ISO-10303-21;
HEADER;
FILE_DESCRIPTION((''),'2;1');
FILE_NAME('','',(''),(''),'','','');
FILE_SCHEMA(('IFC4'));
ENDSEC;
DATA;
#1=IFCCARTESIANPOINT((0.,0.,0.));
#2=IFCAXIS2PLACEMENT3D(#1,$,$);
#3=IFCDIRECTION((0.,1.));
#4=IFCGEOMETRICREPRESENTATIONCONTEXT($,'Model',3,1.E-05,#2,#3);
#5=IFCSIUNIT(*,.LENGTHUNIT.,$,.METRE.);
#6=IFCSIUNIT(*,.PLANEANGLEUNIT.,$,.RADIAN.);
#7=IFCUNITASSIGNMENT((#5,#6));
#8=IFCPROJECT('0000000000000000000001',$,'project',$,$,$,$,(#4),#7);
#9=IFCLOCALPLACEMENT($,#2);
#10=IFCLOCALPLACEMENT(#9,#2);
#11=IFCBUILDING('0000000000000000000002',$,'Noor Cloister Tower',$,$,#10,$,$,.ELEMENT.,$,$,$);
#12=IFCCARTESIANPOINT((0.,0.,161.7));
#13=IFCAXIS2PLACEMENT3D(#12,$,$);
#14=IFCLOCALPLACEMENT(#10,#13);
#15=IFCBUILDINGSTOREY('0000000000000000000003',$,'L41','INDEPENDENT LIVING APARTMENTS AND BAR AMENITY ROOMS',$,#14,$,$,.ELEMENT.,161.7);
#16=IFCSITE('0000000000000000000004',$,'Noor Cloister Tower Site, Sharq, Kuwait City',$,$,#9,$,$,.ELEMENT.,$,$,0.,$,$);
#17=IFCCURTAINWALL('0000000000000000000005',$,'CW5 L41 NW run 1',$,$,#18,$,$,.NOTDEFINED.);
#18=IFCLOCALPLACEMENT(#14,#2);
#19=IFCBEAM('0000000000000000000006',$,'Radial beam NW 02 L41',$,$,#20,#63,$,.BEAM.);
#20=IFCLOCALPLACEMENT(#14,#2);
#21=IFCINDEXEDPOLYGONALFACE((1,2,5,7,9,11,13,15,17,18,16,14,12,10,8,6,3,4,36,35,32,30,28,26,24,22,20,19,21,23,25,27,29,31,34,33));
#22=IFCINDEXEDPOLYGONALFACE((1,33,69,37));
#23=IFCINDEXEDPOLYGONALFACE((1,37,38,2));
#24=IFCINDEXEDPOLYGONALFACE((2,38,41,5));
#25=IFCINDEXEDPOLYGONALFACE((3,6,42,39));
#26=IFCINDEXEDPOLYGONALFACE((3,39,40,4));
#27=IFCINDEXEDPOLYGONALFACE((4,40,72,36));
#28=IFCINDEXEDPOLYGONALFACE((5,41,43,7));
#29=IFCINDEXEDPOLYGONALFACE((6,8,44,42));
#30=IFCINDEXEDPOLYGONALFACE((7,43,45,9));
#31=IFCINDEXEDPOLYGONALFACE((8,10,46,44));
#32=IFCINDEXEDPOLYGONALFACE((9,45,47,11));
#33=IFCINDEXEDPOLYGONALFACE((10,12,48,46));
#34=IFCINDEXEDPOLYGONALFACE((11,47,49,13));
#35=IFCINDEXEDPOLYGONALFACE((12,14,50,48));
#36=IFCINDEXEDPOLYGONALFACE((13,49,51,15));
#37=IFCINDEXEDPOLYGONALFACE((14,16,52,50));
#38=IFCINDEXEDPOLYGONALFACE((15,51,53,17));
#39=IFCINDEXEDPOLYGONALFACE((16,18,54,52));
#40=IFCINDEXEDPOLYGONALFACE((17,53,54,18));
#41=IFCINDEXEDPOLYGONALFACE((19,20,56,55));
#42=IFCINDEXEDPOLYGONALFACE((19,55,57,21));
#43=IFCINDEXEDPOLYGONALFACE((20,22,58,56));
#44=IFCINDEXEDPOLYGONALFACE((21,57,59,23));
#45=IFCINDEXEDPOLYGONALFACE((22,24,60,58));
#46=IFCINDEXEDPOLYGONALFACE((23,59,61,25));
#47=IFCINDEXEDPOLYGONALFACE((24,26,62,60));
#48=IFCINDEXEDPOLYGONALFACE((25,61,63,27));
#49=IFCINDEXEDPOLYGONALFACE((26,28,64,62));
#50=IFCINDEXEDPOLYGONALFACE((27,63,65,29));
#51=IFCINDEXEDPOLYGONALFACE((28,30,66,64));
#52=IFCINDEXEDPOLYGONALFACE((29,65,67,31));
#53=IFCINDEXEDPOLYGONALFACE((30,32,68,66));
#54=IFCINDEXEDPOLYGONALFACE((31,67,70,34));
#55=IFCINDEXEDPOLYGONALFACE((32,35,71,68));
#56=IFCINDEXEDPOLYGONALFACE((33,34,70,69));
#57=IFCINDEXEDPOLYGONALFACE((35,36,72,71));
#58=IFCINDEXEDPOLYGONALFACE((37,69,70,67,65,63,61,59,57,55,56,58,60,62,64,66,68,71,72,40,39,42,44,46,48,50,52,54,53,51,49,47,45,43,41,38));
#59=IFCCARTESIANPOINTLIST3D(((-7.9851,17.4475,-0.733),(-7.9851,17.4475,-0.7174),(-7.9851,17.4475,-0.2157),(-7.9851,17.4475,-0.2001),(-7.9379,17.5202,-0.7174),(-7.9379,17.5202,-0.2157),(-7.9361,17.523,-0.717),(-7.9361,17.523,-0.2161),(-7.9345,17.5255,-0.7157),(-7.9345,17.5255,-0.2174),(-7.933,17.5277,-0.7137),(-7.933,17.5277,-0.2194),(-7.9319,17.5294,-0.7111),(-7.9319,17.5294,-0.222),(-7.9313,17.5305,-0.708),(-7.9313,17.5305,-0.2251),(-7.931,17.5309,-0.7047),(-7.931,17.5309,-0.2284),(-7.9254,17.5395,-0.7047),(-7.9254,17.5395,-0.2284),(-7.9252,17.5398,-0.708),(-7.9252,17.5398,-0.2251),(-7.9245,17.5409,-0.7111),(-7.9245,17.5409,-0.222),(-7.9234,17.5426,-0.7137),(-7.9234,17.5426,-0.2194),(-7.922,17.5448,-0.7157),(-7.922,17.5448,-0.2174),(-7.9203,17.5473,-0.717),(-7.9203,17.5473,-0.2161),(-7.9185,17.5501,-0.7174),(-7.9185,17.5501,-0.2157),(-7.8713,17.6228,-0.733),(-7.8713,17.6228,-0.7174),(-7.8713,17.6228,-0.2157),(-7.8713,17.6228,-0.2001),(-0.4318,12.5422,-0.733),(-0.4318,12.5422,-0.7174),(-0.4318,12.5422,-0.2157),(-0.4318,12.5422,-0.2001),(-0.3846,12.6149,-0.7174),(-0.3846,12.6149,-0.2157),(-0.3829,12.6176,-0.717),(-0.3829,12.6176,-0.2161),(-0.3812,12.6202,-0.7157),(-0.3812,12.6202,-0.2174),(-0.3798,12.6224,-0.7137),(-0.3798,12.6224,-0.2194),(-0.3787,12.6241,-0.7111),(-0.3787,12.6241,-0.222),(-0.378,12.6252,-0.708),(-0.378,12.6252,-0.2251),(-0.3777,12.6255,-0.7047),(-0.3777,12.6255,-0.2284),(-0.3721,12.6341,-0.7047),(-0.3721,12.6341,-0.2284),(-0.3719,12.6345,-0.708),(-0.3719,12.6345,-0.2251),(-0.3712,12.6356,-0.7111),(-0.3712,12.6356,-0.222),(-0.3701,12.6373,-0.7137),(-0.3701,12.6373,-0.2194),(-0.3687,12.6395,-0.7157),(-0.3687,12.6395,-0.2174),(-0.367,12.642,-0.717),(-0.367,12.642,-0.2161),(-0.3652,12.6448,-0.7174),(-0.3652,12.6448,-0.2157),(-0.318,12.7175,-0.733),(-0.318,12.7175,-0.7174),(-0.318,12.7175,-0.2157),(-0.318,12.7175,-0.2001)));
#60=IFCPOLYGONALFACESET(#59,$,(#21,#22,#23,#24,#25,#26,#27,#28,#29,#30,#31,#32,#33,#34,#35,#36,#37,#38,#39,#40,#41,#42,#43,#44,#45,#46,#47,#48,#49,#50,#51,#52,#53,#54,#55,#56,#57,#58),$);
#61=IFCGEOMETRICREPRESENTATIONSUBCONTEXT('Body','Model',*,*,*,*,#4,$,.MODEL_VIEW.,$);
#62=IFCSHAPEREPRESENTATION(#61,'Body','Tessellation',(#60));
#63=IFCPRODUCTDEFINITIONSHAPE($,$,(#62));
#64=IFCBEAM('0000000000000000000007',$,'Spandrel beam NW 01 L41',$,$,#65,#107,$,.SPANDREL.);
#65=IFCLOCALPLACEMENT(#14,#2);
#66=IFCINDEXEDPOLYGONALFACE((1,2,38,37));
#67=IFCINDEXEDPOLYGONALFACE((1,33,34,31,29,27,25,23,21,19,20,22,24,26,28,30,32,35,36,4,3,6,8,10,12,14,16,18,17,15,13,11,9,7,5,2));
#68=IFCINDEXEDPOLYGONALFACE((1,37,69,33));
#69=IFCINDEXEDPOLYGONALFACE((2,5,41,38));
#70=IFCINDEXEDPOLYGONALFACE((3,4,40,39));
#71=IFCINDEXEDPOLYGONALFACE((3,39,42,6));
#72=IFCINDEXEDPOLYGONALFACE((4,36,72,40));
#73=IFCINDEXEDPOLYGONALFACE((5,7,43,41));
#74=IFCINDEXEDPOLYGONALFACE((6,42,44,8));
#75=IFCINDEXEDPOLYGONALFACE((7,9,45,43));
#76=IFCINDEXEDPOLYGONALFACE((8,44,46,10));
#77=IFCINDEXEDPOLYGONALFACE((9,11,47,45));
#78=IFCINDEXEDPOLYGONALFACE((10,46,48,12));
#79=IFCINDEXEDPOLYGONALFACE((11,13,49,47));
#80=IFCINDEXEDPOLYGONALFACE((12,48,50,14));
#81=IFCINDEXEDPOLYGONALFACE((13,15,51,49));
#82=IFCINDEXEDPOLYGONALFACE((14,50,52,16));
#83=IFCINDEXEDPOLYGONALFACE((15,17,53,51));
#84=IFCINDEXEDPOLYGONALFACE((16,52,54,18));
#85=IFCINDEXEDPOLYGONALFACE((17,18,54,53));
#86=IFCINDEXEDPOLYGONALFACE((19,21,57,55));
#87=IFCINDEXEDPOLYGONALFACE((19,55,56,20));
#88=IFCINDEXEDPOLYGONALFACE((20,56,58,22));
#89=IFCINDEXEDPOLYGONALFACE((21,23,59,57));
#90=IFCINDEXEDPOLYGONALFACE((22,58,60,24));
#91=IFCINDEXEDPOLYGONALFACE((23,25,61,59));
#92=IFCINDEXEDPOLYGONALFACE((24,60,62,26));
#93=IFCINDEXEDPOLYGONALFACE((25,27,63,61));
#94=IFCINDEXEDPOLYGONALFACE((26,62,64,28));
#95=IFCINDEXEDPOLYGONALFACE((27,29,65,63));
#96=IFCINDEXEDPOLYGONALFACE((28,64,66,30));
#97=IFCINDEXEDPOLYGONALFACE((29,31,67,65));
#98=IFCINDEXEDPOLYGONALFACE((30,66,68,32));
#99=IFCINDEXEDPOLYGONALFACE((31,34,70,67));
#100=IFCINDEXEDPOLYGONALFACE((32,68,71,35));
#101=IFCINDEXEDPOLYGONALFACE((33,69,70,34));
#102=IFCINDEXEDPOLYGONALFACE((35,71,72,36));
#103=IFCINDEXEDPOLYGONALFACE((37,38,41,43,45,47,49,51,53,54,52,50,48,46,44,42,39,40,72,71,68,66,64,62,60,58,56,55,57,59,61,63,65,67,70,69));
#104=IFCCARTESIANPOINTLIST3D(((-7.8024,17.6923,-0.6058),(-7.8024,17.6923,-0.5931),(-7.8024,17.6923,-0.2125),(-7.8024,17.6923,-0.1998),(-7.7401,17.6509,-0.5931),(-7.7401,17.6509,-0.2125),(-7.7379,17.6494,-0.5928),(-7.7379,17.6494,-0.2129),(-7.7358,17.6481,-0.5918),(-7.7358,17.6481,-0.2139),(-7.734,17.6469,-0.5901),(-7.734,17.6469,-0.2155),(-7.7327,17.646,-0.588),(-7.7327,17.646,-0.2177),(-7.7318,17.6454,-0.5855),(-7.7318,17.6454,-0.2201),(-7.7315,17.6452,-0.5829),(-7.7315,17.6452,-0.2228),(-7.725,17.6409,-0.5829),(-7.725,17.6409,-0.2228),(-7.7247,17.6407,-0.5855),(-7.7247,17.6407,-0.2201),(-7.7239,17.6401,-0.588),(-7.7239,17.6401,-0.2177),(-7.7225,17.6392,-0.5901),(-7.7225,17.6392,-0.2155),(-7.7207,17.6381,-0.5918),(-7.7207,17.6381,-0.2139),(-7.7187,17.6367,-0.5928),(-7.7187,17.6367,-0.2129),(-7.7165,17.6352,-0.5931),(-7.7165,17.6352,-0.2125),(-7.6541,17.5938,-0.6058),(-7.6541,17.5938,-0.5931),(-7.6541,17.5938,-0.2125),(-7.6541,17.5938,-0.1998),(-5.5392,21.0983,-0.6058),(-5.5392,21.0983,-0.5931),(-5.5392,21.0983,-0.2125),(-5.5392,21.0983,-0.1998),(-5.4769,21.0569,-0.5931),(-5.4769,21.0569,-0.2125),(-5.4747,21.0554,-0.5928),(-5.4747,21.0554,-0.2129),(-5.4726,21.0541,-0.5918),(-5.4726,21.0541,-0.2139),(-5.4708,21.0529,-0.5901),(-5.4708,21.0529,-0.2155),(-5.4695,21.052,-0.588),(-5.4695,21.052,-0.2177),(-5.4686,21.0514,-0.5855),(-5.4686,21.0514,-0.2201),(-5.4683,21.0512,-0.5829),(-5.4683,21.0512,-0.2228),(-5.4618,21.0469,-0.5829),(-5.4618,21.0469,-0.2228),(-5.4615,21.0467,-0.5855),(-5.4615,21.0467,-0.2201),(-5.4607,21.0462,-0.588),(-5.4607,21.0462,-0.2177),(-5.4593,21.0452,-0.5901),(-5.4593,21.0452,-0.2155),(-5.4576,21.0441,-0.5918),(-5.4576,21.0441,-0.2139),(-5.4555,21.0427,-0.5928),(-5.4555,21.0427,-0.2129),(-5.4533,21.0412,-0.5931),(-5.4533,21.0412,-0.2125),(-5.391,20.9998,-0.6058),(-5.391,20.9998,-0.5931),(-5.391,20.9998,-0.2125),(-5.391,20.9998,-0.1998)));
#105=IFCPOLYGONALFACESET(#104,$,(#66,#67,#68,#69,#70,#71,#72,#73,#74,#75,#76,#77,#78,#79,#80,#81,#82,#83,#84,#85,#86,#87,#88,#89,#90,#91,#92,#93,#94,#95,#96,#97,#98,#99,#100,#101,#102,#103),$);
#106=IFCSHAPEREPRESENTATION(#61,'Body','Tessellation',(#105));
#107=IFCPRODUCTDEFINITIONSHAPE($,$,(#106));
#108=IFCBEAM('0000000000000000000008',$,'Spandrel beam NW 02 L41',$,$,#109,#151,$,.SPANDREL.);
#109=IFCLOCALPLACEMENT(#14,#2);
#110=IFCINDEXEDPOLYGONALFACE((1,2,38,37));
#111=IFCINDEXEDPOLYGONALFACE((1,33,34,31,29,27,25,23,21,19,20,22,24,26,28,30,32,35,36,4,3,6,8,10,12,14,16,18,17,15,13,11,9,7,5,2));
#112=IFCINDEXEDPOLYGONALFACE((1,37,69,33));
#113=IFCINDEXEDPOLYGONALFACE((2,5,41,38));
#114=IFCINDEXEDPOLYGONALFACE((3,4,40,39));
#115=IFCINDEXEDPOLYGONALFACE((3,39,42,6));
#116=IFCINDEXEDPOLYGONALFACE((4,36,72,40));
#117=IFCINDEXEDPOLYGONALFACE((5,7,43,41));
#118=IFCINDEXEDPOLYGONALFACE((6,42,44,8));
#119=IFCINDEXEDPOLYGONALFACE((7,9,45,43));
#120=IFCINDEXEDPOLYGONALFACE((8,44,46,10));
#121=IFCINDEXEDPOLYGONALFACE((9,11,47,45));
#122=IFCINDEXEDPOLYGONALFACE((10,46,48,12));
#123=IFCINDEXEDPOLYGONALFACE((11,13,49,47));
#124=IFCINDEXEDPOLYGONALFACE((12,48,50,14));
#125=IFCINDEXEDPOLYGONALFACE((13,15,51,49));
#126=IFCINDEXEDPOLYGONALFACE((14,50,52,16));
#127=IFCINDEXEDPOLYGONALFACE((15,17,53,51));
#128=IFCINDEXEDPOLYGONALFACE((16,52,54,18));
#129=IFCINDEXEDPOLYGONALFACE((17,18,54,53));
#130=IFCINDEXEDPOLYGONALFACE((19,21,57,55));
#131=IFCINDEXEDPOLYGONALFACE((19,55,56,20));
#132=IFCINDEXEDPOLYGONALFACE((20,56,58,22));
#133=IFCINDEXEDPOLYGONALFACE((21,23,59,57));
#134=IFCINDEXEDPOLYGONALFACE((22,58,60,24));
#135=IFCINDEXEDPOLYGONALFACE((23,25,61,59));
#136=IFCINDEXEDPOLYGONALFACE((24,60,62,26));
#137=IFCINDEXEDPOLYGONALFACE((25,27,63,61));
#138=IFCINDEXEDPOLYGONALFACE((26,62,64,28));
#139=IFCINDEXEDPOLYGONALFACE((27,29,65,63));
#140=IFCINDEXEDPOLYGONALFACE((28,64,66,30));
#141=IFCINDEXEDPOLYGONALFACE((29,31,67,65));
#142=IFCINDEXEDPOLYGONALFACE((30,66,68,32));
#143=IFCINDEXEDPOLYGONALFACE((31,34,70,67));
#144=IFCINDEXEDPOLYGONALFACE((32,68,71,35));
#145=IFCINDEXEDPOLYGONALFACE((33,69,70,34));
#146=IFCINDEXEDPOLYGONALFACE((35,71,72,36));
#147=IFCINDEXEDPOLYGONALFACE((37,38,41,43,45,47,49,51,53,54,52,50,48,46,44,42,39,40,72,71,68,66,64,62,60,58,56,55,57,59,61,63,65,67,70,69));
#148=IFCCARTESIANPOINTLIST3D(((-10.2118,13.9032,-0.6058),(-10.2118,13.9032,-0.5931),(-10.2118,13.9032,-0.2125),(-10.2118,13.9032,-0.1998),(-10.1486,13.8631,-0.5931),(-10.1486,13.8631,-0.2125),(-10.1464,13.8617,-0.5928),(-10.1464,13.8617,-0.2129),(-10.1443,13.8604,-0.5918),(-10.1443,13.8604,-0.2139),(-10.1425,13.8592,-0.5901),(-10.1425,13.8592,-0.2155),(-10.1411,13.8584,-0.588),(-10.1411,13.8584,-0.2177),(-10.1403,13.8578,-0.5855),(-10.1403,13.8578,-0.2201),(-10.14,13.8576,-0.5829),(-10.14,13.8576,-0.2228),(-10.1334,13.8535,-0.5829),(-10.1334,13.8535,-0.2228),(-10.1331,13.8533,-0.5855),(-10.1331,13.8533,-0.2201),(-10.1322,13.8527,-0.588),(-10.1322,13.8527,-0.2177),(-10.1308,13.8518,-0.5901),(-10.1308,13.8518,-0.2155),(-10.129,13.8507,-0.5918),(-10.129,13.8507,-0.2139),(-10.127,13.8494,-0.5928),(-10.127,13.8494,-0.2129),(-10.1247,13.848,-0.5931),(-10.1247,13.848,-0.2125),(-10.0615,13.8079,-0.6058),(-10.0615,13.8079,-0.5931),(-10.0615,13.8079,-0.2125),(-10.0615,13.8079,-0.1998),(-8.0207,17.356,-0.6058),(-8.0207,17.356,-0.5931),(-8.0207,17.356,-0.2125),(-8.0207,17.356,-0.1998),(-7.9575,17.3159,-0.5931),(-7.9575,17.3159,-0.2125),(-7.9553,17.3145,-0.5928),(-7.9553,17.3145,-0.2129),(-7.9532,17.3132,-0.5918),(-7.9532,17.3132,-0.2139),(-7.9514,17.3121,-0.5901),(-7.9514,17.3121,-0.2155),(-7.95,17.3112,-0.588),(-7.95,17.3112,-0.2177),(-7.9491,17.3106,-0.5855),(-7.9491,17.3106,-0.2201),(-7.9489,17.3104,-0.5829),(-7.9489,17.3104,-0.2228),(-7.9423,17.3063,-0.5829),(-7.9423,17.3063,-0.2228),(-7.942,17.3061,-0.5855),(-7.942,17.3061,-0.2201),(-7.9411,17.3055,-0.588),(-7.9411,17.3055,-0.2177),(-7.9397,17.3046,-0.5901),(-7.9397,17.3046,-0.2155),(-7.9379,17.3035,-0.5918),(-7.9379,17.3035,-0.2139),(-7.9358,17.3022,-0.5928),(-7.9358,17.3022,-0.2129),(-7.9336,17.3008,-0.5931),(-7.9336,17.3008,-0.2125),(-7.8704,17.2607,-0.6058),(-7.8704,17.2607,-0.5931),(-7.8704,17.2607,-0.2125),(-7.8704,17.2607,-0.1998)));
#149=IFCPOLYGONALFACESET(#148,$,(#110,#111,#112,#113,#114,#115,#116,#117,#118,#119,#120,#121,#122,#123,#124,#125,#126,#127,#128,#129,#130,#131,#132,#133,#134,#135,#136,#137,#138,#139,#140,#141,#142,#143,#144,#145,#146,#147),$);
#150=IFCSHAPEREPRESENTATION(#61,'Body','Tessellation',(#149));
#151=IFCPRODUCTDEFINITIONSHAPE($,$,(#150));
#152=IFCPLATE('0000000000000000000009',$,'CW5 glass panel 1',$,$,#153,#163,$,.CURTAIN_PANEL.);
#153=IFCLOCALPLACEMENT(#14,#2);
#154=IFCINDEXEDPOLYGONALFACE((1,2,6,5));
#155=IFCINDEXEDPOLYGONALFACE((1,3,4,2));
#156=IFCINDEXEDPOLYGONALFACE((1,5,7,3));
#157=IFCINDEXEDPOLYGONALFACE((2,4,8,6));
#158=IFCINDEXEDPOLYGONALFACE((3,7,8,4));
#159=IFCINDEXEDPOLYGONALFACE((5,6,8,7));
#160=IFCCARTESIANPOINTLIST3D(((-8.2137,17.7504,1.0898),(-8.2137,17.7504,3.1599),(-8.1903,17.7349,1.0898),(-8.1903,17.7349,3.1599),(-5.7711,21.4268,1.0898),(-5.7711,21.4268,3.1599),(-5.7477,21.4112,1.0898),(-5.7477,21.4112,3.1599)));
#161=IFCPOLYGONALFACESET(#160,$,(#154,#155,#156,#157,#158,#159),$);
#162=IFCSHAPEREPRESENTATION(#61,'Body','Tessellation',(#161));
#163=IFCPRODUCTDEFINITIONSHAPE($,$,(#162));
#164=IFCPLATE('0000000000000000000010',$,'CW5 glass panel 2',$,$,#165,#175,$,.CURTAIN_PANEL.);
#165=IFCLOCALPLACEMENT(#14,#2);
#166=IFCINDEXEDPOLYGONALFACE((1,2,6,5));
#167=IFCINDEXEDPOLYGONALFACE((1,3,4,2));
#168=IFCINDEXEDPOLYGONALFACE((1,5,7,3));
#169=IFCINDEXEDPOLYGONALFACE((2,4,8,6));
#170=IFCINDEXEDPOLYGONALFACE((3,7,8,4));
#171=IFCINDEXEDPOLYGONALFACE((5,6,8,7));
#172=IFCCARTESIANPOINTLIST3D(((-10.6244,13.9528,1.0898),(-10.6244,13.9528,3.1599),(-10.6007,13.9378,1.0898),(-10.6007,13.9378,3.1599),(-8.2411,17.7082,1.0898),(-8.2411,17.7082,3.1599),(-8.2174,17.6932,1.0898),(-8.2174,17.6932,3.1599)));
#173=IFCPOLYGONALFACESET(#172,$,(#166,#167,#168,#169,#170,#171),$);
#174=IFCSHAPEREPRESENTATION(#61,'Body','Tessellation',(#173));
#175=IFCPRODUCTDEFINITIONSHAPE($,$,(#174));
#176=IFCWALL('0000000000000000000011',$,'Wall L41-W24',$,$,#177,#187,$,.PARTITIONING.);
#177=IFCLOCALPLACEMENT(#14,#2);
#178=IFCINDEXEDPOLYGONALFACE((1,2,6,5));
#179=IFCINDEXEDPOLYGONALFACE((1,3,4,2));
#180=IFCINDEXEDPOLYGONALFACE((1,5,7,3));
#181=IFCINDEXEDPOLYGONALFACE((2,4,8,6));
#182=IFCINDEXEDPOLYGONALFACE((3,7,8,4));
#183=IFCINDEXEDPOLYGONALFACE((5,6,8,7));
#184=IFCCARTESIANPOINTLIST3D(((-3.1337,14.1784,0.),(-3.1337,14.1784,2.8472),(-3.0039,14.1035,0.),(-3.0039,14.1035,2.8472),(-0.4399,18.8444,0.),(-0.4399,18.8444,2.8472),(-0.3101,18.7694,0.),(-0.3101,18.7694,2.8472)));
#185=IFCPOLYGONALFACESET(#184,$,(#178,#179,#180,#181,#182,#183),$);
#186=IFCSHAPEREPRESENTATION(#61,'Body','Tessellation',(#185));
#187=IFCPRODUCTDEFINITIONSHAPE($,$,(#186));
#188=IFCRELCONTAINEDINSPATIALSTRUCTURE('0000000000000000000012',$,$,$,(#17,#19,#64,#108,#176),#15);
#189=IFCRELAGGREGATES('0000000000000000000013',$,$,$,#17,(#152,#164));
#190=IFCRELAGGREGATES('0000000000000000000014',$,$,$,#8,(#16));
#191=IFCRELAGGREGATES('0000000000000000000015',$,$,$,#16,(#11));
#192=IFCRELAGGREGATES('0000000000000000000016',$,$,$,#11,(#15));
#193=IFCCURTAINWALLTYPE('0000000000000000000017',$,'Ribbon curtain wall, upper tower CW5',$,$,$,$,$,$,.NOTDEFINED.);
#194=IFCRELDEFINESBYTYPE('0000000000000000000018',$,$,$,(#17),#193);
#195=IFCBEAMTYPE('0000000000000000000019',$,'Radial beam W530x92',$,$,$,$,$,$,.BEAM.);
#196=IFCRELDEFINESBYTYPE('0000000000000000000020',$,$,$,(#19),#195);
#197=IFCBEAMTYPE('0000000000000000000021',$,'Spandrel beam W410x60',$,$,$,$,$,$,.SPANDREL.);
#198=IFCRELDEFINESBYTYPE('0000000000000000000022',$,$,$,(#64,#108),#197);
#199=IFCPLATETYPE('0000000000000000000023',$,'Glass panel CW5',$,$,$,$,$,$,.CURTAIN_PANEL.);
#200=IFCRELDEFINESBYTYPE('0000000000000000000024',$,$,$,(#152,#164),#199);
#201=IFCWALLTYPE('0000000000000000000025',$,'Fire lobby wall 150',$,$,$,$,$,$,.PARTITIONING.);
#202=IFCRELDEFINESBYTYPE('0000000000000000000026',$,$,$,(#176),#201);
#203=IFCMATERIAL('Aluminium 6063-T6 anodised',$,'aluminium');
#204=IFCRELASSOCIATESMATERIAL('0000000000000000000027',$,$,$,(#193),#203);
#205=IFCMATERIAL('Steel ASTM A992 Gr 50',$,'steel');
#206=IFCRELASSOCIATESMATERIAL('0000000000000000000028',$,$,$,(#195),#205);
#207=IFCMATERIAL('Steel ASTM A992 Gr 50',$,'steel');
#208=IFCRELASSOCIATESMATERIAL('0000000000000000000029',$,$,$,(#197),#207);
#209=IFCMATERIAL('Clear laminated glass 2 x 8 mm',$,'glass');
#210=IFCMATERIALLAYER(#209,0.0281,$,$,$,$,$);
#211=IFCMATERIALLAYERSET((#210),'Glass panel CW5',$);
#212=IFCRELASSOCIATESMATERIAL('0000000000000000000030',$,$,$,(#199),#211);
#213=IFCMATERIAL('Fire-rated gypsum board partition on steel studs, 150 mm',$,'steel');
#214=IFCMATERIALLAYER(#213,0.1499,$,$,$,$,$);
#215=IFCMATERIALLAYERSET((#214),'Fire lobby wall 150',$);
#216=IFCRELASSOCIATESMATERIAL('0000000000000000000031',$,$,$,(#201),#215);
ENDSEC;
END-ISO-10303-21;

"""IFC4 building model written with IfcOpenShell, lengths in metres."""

from ifc_helpers import new_model, si_unit, direction, frame, frame_2d, origin, origin_2d, place, context, subcontext, project, spatial, rectangle, i_section, extrude, material, layer, layer_set, material_profile, profile_set, type_object, element, aggregate, save


model = new_model("IFC4")

# Units and contexts
model_context = context("Model", 3, precision=1e-05, world=origin(), true_north=direction((0.0, 1.0)))
body_context = subcontext(model_context, "Body", "Model", "MODEL_VIEW")
ifc_project = project(units=[si_unit("LENGTHUNIT", "METRE"), si_unit("PLANEANGLEUNIT", "RADIAN")], contexts=[model_context])

# Site, building, storey
site_placement = place(None, origin())
site = spatial("IfcSite", under=ifc_project, at=site_placement, Name="Noor Cloister Tower Site, Sharq, Kuwait City", CompositionType="ELEMENT", RefElevation=0.0)
building_placement = place(site_placement, origin())
building = spatial("IfcBuilding", under=site, at=building_placement, Name="Noor Cloister Tower", CompositionType="ELEMENT")
storey_placement = place(building_placement, frame((0.0, 0.0, 161.7)))
storey = spatial("IfcBuildingStorey", under=building, at=storey_placement, Name="L41", Description="INDEPENDENT LIVING APARTMENTS AND BAR AMENITY ROOMS", CompositionType="ELEMENT", Elevation=161.7)

# Curtain wall
ifc_material_1 = material(Name="Aluminium 6063-T6 anodised", Category="aluminium")
curtain_wall_type = type_object("IfcCurtainWallType", Name="Ribbon curtain wall, upper tower CW5", PredefinedType="NOTDEFINED", material=ifc_material_1)
curtain_wall_placement = place(storey_placement, origin())
curtain_wall = element("IfcCurtainWall", 1, at=curtain_wall_placement, inside=storey, type_object=curtain_wall_type, Name="CW5 L41 NW run 1", PredefinedType="NOTDEFINED")

# Beams
ifc_material_2 = material(Name="Steel ASTM A992 Gr 50", Category="steel")
ifc_material_profile_1 = material_profile(ifc_material_2, i_section(OverallWidth=0.209, OverallDepth=0.533, WebThickness=0.0103, FlangeThickness=0.0156, FilletRadius=0.0127, at=origin_2d()), Name="W530x92")
ifc_profile_set_1 = profile_set([ifc_material_profile_1], Name="Steel ASTM A992 Gr 50")
beam_type_1 = type_object("IfcBeamType", Name="Radial beam W530x92", PredefinedType="BEAM", material=ifc_profile_set_1)
beam_1_placement = place(storey_placement, frame((-7.9282, 17.5352, -0.4666), z_axis=(0.838663, -0.544651, 0.0), x_axis=(0.544651, 0.838663, 0.0)))
element("IfcBeam", 2, at=beam_1_placement, inside=storey, type_object=beam_type_1, Name="Radial beam NW 02 L41", PredefinedType="BEAM", context=body_context, shape_type="SweptSolid", body=[
    extrude(i_section(OverallWidth=0.209, OverallDepth=0.533, WebThickness=0.0103, FlangeThickness=0.0156, FilletRadius=0.0127, at=origin_2d()), origin(), (0.0, 0.0, 1.0), 9.0063),
])
ifc_material_3 = material(Name="Steel ASTM A992 Gr 50", Category="steel")
ifc_material_profile_2 = material_profile(ifc_material_3, i_section(OverallWidth=0.178, OverallDepth=0.406, WebThickness=0.0078, FlangeThickness=0.0127, FilletRadius=0.0103, at=origin_2d()), Name="W410x60")
ifc_profile_set_2 = profile_set([ifc_material_profile_2], Name="Steel ASTM A992 Gr 50")
beam_type_2 = type_object("IfcBeamType", Name="Spandrel beam W410x60", PredefinedType="SPANDREL", material=ifc_profile_set_2)
for number, where, z_axis, x_axis, name in (
    (3, (-5.4651, 21.0491, -0.4028), (-0.553432, -0.832894, 0.0), (0.832894, -0.553432, 0.0), "Spandrel beam NW 01 L41"),
    (4, (-7.9456, 17.3083, -0.4028), (-0.535809, -0.844339, 0.0), (0.844339, -0.535809, 0.0), "Spandrel beam NW 02 L41"),
):
    element("IfcBeam", number, at=place(storey_placement, frame(where, z_axis=z_axis, x_axis=x_axis)), inside=storey, type_object=beam_type_2, Name=name, PredefinedType="SPANDREL", context=body_context, shape_type="SweptSolid", body=[
        extrude(i_section(OverallWidth=0.178, OverallDepth=0.406, WebThickness=0.0078, FlangeThickness=0.0127, FilletRadius=0.0103, at=origin_2d()), origin(), (0.0, 0.0, 1.0), 4.0894),
    ])

# Plates
ifc_material_4 = material(Name="Clear laminated glass 2 x 8 mm", Category="glass")
ifc_layer_1 = layer(ifc_material_4, 0.0281)
ifc_layer_set_1 = layer_set([ifc_layer_1], Name="Glass panel CW5")
plate_type = type_object("IfcPlateType", Name="Glass panel CW5", PredefinedType="CURTAIN_PANEL", material=ifc_layer_set_1)
plate_1_placement = place(storey_placement, frame((-6.9807, 19.5808, 1.0898), z_axis=(0.0, 0.0, 1.0), x_axis=(-0.553398, -0.832917, 0.0)))
plate_1 = element("IfcPlate", 5, at=plate_1_placement, type_object=plate_type, Name="CW5 glass panel 1", PredefinedType="CURTAIN_PANEL", context=body_context, shape_type="SweptSolid", body=[
    extrude(rectangle(XDim=4.4138, YDim=0.0281, at=origin_2d()), origin(), (0.0, 0.0, 1.0), 2.0701),
])
plate_2_placement = place(storey_placement, frame((-9.4209, 15.823, 1.0898), z_axis=(0.0, 0.0, 1.0), x_axis=(-0.535831, -0.844325, 0.0)))
plate_2 = element("IfcPlate", 6, at=plate_2_placement, type_object=plate_type, Name="CW5 glass panel 2", PredefinedType="CURTAIN_PANEL", context=body_context, shape_type="SweptSolid", body=[
    extrude(rectangle(XDim=4.4478, YDim=0.0281, at=origin_2d()), origin(), (0.0, 0.0, 1.0), 2.0701),
])
aggregate(curtain_wall, [plate_1, plate_2])

# Wall
ifc_material_5 = material(Name="Fire-rated gypsum board partition on steel studs, 150 mm", Category="steel")
ifc_layer_2 = layer(ifc_material_5, 0.1499)
ifc_layer_set_2 = layer_set([ifc_layer_2], Name="Fire lobby wall 150")
wall_type_1 = type_object("IfcWallType", Name="Fire lobby wall 150", PredefinedType="PARTITIONING", material=ifc_layer_set_2)
wall_1_placement = place(storey_placement, frame((-0.375, 18.8069, 0.0), z_axis=(0.0, 0.0, 1.0), x_axis=(-0.499989, -0.866032, 0.0)))
element("IfcWall", 7, at=wall_1_placement, inside=storey, type_object=wall_type_1, Name="Wall L41-W24", PredefinedType="PARTITIONING", context=body_context, shape_type="SweptSolid", body=[
    extrude(rectangle(XDim=5.3877, YDim=0.1499, at=frame_2d((2.6938, 0.0))), origin(), (0.0, 0.0, 1.0), 2.8472),
])

save(model, "model.ifc")
